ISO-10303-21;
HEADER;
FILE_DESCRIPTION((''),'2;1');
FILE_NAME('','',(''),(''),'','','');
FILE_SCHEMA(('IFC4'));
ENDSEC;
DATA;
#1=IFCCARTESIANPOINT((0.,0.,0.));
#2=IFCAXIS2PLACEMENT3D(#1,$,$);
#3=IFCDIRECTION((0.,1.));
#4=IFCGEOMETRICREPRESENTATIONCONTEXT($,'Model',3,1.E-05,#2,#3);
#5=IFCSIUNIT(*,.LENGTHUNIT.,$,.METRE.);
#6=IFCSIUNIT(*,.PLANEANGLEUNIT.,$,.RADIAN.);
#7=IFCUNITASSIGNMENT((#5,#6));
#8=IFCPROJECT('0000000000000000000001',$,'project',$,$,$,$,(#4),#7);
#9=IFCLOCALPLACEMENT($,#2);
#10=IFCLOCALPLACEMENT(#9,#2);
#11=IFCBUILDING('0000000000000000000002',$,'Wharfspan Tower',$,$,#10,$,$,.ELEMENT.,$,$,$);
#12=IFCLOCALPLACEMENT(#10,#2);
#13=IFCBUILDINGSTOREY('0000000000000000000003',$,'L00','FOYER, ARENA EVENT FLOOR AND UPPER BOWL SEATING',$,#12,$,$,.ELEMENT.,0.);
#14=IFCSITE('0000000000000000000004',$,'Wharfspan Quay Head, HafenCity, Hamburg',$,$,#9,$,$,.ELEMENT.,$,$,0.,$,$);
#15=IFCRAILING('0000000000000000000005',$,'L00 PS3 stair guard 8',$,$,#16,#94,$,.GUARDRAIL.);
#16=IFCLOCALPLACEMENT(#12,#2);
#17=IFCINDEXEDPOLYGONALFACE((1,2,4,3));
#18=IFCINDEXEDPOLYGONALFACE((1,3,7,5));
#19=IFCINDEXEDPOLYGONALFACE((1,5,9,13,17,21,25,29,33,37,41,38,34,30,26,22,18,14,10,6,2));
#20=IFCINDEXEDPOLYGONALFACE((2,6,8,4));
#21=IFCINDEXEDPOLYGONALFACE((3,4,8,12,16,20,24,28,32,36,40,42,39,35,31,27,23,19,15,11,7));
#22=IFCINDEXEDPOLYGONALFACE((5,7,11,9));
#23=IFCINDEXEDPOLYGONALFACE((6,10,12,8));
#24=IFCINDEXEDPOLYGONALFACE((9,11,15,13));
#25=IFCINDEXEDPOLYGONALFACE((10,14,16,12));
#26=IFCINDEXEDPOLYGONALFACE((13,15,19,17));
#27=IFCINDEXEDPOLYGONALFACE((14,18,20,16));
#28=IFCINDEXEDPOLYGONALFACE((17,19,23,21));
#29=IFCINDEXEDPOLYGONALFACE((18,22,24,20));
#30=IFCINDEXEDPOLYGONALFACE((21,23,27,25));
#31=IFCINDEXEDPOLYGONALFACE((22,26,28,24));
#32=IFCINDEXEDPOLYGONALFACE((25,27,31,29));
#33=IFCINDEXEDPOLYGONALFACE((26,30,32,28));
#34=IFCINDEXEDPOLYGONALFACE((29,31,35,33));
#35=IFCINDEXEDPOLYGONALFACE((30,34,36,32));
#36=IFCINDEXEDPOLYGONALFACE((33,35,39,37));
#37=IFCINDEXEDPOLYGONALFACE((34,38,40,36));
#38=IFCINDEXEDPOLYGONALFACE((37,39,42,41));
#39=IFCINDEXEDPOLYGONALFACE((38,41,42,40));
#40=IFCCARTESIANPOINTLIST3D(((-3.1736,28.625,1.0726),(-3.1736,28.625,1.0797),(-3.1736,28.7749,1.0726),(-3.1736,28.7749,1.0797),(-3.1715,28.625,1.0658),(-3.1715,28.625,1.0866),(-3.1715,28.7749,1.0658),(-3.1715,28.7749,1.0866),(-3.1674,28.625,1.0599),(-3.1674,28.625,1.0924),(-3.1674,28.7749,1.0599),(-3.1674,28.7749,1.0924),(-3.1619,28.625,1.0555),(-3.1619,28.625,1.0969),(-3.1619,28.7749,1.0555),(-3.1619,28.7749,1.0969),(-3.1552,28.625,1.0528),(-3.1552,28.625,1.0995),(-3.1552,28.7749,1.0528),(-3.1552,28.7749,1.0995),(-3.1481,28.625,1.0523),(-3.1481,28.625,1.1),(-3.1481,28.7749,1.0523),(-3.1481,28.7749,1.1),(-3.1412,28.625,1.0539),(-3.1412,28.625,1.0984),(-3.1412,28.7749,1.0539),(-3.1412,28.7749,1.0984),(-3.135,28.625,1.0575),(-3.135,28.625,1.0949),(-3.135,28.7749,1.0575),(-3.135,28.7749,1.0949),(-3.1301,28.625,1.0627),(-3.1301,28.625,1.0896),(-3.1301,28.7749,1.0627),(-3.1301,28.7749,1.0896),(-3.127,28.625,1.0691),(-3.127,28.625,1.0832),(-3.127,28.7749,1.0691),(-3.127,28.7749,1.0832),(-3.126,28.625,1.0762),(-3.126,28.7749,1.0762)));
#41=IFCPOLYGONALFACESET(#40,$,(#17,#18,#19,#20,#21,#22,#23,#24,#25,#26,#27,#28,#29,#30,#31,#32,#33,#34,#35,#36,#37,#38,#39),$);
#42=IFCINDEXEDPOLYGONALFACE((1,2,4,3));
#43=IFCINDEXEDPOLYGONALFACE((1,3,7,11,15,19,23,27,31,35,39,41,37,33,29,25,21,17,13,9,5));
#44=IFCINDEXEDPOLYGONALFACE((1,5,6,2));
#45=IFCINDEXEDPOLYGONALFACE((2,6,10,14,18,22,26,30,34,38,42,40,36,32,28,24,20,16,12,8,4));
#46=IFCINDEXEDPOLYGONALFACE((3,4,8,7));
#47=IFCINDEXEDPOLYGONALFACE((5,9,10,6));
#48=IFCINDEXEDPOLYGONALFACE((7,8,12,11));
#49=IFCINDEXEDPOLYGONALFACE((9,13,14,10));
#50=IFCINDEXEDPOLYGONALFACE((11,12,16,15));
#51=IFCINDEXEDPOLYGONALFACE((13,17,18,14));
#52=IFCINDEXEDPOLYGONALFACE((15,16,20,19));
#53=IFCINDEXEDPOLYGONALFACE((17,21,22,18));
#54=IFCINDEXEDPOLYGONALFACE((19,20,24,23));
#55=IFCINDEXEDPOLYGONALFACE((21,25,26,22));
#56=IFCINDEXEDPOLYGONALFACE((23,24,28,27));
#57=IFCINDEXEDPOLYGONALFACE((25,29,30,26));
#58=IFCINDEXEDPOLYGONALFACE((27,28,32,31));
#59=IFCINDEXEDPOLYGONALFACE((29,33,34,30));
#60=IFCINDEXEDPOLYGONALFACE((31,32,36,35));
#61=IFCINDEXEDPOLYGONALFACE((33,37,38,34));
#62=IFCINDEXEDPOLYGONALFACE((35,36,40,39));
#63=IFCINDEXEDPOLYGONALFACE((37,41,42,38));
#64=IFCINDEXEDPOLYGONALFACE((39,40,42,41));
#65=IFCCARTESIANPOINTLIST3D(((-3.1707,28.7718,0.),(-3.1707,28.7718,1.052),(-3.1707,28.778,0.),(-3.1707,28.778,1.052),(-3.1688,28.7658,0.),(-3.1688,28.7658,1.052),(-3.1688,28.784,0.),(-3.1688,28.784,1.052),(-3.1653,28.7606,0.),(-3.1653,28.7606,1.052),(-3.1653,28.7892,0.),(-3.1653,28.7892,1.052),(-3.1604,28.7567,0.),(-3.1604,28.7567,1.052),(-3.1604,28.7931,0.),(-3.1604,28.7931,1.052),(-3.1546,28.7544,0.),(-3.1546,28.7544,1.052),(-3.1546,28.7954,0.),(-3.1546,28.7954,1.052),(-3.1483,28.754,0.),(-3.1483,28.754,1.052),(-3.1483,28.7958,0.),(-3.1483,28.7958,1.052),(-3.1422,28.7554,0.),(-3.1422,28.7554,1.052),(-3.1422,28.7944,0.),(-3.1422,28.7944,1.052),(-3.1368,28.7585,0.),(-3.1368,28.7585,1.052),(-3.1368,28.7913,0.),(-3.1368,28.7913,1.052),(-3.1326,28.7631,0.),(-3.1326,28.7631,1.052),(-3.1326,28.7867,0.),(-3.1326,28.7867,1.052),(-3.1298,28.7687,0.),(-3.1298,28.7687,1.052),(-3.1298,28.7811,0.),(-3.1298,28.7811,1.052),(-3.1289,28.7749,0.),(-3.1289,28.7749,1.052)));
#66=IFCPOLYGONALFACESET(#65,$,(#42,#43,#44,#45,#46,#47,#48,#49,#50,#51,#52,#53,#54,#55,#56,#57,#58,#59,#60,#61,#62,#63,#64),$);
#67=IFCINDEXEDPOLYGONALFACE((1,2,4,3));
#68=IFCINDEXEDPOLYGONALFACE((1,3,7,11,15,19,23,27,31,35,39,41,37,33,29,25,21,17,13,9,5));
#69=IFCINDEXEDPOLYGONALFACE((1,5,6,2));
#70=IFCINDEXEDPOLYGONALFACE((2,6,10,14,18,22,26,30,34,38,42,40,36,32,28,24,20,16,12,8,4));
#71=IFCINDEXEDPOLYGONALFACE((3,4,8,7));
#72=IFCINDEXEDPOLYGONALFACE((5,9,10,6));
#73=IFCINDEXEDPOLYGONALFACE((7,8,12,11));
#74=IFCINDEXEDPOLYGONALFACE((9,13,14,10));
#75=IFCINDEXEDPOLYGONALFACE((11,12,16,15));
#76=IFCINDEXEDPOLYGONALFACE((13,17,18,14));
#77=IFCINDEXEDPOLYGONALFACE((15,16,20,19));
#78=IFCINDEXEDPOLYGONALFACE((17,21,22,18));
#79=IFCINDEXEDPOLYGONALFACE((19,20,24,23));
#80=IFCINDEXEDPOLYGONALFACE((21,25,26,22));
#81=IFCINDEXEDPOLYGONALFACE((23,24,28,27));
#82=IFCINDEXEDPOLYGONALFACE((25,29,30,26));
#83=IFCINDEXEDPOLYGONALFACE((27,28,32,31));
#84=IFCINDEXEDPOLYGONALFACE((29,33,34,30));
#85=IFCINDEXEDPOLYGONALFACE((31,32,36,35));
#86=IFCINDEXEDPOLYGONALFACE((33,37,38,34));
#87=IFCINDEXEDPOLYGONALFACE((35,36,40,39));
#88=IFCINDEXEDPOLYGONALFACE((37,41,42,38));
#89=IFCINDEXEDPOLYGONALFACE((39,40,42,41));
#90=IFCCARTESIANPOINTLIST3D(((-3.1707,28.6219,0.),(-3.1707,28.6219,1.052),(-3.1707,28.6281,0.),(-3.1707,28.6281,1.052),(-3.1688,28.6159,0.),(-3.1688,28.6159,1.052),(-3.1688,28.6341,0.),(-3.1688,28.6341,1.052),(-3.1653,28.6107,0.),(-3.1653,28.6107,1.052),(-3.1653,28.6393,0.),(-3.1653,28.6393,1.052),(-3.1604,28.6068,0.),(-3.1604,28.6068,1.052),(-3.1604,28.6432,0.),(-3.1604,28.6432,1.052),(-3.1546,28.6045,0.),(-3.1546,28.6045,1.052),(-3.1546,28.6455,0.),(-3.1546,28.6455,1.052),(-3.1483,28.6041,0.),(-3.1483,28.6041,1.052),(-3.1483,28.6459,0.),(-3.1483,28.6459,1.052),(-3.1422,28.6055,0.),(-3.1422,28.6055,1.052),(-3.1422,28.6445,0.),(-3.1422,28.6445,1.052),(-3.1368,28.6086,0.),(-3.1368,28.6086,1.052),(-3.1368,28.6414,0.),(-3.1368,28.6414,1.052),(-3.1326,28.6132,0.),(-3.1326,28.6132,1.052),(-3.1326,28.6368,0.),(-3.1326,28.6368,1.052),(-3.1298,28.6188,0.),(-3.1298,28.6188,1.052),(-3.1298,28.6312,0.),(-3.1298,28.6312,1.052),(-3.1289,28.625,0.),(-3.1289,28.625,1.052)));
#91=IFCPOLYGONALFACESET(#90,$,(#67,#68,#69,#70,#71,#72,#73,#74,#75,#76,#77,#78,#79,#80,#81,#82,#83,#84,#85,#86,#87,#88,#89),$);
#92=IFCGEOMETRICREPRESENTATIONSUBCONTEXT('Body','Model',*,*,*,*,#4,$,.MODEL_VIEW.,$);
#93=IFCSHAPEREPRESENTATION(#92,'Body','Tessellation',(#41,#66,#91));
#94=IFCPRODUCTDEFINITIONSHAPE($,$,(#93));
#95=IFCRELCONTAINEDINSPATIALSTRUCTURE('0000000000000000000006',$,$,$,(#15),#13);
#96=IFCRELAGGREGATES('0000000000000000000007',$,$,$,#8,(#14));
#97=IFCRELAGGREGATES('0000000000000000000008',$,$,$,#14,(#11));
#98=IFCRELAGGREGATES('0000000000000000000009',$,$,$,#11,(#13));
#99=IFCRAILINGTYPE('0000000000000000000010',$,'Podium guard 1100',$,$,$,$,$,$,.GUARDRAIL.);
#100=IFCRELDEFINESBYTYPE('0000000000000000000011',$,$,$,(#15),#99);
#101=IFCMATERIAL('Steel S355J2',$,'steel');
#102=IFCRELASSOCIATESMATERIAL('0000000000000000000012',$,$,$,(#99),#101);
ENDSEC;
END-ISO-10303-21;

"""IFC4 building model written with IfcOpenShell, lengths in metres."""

from ifc_helpers import new_model, si_unit, direction, frame, origin, origin_2d, place, context, subcontext, project, spatial, circle, extrude, material, type_object, element, save


model = new_model("IFC4")

# Units and contexts
model_context = context("Model", 3, precision=1e-05, world=origin(), true_north=direction((0.0, 1.0)))
body_context = subcontext(model_context, "Body", "Model", "MODEL_VIEW")
ifc_project = project(units=[si_unit("LENGTHUNIT", "METRE"), si_unit("PLANEANGLEUNIT", "RADIAN")], contexts=[model_context])

# Site, building, storey
site_placement = place(None, origin())
site = spatial("IfcSite", under=ifc_project, at=site_placement, Name="Wharfspan Quay Head, HafenCity, Hamburg", CompositionType="ELEMENT", RefElevation=0.0)
building_placement = place(site_placement, origin())
building = spatial("IfcBuilding", under=site, at=building_placement, Name="Wharfspan Tower", CompositionType="ELEMENT")
storey_placement = place(building_placement, origin())
storey = spatial("IfcBuildingStorey", under=building, at=storey_placement, Name="L00", Description="FOYER, ARENA EVENT FLOOR AND UPPER BOWL SEATING", CompositionType="ELEMENT", Elevation=0.0)

# Railing
ifc_material_1 = material(Name="Steel S355J2", Category="steel")
railing_type_1 = type_object("IfcRailingType", Name="Podium guard 1100", PredefinedType="GUARDRAIL", material=ifc_material_1)
railing_1_placement = place(storey_placement, frame((-3.1499, 28.7749, 0.0)))
element("IfcRailing", 1, at=railing_1_placement, inside=storey, type_object=railing_type_1, Name="L00 PS3 stair guard 8", PredefinedType="GUARDRAIL", context=body_context, shape_type="SweptSolid", body=[
    extrude(circle(Radius=0.0239, at=origin_2d()), frame((0.0, 0.0, 1.0762), z_axis=(0.0, -1.0, 0.0), x_axis=(1.0, 0.0, 0.0)), (0.0, 0.0, 1.0), 0.1499),
    extrude(circle(Radius=0.021, at=origin_2d()), origin(), (0.0, 0.0, 1.0), 1.052),
    extrude(circle(Radius=0.021, at=origin_2d()), frame((0.0, -0.1499, 0.0)), (0.0, 0.0, 1.0), 1.052),
])

save(model, "model.ifc")
